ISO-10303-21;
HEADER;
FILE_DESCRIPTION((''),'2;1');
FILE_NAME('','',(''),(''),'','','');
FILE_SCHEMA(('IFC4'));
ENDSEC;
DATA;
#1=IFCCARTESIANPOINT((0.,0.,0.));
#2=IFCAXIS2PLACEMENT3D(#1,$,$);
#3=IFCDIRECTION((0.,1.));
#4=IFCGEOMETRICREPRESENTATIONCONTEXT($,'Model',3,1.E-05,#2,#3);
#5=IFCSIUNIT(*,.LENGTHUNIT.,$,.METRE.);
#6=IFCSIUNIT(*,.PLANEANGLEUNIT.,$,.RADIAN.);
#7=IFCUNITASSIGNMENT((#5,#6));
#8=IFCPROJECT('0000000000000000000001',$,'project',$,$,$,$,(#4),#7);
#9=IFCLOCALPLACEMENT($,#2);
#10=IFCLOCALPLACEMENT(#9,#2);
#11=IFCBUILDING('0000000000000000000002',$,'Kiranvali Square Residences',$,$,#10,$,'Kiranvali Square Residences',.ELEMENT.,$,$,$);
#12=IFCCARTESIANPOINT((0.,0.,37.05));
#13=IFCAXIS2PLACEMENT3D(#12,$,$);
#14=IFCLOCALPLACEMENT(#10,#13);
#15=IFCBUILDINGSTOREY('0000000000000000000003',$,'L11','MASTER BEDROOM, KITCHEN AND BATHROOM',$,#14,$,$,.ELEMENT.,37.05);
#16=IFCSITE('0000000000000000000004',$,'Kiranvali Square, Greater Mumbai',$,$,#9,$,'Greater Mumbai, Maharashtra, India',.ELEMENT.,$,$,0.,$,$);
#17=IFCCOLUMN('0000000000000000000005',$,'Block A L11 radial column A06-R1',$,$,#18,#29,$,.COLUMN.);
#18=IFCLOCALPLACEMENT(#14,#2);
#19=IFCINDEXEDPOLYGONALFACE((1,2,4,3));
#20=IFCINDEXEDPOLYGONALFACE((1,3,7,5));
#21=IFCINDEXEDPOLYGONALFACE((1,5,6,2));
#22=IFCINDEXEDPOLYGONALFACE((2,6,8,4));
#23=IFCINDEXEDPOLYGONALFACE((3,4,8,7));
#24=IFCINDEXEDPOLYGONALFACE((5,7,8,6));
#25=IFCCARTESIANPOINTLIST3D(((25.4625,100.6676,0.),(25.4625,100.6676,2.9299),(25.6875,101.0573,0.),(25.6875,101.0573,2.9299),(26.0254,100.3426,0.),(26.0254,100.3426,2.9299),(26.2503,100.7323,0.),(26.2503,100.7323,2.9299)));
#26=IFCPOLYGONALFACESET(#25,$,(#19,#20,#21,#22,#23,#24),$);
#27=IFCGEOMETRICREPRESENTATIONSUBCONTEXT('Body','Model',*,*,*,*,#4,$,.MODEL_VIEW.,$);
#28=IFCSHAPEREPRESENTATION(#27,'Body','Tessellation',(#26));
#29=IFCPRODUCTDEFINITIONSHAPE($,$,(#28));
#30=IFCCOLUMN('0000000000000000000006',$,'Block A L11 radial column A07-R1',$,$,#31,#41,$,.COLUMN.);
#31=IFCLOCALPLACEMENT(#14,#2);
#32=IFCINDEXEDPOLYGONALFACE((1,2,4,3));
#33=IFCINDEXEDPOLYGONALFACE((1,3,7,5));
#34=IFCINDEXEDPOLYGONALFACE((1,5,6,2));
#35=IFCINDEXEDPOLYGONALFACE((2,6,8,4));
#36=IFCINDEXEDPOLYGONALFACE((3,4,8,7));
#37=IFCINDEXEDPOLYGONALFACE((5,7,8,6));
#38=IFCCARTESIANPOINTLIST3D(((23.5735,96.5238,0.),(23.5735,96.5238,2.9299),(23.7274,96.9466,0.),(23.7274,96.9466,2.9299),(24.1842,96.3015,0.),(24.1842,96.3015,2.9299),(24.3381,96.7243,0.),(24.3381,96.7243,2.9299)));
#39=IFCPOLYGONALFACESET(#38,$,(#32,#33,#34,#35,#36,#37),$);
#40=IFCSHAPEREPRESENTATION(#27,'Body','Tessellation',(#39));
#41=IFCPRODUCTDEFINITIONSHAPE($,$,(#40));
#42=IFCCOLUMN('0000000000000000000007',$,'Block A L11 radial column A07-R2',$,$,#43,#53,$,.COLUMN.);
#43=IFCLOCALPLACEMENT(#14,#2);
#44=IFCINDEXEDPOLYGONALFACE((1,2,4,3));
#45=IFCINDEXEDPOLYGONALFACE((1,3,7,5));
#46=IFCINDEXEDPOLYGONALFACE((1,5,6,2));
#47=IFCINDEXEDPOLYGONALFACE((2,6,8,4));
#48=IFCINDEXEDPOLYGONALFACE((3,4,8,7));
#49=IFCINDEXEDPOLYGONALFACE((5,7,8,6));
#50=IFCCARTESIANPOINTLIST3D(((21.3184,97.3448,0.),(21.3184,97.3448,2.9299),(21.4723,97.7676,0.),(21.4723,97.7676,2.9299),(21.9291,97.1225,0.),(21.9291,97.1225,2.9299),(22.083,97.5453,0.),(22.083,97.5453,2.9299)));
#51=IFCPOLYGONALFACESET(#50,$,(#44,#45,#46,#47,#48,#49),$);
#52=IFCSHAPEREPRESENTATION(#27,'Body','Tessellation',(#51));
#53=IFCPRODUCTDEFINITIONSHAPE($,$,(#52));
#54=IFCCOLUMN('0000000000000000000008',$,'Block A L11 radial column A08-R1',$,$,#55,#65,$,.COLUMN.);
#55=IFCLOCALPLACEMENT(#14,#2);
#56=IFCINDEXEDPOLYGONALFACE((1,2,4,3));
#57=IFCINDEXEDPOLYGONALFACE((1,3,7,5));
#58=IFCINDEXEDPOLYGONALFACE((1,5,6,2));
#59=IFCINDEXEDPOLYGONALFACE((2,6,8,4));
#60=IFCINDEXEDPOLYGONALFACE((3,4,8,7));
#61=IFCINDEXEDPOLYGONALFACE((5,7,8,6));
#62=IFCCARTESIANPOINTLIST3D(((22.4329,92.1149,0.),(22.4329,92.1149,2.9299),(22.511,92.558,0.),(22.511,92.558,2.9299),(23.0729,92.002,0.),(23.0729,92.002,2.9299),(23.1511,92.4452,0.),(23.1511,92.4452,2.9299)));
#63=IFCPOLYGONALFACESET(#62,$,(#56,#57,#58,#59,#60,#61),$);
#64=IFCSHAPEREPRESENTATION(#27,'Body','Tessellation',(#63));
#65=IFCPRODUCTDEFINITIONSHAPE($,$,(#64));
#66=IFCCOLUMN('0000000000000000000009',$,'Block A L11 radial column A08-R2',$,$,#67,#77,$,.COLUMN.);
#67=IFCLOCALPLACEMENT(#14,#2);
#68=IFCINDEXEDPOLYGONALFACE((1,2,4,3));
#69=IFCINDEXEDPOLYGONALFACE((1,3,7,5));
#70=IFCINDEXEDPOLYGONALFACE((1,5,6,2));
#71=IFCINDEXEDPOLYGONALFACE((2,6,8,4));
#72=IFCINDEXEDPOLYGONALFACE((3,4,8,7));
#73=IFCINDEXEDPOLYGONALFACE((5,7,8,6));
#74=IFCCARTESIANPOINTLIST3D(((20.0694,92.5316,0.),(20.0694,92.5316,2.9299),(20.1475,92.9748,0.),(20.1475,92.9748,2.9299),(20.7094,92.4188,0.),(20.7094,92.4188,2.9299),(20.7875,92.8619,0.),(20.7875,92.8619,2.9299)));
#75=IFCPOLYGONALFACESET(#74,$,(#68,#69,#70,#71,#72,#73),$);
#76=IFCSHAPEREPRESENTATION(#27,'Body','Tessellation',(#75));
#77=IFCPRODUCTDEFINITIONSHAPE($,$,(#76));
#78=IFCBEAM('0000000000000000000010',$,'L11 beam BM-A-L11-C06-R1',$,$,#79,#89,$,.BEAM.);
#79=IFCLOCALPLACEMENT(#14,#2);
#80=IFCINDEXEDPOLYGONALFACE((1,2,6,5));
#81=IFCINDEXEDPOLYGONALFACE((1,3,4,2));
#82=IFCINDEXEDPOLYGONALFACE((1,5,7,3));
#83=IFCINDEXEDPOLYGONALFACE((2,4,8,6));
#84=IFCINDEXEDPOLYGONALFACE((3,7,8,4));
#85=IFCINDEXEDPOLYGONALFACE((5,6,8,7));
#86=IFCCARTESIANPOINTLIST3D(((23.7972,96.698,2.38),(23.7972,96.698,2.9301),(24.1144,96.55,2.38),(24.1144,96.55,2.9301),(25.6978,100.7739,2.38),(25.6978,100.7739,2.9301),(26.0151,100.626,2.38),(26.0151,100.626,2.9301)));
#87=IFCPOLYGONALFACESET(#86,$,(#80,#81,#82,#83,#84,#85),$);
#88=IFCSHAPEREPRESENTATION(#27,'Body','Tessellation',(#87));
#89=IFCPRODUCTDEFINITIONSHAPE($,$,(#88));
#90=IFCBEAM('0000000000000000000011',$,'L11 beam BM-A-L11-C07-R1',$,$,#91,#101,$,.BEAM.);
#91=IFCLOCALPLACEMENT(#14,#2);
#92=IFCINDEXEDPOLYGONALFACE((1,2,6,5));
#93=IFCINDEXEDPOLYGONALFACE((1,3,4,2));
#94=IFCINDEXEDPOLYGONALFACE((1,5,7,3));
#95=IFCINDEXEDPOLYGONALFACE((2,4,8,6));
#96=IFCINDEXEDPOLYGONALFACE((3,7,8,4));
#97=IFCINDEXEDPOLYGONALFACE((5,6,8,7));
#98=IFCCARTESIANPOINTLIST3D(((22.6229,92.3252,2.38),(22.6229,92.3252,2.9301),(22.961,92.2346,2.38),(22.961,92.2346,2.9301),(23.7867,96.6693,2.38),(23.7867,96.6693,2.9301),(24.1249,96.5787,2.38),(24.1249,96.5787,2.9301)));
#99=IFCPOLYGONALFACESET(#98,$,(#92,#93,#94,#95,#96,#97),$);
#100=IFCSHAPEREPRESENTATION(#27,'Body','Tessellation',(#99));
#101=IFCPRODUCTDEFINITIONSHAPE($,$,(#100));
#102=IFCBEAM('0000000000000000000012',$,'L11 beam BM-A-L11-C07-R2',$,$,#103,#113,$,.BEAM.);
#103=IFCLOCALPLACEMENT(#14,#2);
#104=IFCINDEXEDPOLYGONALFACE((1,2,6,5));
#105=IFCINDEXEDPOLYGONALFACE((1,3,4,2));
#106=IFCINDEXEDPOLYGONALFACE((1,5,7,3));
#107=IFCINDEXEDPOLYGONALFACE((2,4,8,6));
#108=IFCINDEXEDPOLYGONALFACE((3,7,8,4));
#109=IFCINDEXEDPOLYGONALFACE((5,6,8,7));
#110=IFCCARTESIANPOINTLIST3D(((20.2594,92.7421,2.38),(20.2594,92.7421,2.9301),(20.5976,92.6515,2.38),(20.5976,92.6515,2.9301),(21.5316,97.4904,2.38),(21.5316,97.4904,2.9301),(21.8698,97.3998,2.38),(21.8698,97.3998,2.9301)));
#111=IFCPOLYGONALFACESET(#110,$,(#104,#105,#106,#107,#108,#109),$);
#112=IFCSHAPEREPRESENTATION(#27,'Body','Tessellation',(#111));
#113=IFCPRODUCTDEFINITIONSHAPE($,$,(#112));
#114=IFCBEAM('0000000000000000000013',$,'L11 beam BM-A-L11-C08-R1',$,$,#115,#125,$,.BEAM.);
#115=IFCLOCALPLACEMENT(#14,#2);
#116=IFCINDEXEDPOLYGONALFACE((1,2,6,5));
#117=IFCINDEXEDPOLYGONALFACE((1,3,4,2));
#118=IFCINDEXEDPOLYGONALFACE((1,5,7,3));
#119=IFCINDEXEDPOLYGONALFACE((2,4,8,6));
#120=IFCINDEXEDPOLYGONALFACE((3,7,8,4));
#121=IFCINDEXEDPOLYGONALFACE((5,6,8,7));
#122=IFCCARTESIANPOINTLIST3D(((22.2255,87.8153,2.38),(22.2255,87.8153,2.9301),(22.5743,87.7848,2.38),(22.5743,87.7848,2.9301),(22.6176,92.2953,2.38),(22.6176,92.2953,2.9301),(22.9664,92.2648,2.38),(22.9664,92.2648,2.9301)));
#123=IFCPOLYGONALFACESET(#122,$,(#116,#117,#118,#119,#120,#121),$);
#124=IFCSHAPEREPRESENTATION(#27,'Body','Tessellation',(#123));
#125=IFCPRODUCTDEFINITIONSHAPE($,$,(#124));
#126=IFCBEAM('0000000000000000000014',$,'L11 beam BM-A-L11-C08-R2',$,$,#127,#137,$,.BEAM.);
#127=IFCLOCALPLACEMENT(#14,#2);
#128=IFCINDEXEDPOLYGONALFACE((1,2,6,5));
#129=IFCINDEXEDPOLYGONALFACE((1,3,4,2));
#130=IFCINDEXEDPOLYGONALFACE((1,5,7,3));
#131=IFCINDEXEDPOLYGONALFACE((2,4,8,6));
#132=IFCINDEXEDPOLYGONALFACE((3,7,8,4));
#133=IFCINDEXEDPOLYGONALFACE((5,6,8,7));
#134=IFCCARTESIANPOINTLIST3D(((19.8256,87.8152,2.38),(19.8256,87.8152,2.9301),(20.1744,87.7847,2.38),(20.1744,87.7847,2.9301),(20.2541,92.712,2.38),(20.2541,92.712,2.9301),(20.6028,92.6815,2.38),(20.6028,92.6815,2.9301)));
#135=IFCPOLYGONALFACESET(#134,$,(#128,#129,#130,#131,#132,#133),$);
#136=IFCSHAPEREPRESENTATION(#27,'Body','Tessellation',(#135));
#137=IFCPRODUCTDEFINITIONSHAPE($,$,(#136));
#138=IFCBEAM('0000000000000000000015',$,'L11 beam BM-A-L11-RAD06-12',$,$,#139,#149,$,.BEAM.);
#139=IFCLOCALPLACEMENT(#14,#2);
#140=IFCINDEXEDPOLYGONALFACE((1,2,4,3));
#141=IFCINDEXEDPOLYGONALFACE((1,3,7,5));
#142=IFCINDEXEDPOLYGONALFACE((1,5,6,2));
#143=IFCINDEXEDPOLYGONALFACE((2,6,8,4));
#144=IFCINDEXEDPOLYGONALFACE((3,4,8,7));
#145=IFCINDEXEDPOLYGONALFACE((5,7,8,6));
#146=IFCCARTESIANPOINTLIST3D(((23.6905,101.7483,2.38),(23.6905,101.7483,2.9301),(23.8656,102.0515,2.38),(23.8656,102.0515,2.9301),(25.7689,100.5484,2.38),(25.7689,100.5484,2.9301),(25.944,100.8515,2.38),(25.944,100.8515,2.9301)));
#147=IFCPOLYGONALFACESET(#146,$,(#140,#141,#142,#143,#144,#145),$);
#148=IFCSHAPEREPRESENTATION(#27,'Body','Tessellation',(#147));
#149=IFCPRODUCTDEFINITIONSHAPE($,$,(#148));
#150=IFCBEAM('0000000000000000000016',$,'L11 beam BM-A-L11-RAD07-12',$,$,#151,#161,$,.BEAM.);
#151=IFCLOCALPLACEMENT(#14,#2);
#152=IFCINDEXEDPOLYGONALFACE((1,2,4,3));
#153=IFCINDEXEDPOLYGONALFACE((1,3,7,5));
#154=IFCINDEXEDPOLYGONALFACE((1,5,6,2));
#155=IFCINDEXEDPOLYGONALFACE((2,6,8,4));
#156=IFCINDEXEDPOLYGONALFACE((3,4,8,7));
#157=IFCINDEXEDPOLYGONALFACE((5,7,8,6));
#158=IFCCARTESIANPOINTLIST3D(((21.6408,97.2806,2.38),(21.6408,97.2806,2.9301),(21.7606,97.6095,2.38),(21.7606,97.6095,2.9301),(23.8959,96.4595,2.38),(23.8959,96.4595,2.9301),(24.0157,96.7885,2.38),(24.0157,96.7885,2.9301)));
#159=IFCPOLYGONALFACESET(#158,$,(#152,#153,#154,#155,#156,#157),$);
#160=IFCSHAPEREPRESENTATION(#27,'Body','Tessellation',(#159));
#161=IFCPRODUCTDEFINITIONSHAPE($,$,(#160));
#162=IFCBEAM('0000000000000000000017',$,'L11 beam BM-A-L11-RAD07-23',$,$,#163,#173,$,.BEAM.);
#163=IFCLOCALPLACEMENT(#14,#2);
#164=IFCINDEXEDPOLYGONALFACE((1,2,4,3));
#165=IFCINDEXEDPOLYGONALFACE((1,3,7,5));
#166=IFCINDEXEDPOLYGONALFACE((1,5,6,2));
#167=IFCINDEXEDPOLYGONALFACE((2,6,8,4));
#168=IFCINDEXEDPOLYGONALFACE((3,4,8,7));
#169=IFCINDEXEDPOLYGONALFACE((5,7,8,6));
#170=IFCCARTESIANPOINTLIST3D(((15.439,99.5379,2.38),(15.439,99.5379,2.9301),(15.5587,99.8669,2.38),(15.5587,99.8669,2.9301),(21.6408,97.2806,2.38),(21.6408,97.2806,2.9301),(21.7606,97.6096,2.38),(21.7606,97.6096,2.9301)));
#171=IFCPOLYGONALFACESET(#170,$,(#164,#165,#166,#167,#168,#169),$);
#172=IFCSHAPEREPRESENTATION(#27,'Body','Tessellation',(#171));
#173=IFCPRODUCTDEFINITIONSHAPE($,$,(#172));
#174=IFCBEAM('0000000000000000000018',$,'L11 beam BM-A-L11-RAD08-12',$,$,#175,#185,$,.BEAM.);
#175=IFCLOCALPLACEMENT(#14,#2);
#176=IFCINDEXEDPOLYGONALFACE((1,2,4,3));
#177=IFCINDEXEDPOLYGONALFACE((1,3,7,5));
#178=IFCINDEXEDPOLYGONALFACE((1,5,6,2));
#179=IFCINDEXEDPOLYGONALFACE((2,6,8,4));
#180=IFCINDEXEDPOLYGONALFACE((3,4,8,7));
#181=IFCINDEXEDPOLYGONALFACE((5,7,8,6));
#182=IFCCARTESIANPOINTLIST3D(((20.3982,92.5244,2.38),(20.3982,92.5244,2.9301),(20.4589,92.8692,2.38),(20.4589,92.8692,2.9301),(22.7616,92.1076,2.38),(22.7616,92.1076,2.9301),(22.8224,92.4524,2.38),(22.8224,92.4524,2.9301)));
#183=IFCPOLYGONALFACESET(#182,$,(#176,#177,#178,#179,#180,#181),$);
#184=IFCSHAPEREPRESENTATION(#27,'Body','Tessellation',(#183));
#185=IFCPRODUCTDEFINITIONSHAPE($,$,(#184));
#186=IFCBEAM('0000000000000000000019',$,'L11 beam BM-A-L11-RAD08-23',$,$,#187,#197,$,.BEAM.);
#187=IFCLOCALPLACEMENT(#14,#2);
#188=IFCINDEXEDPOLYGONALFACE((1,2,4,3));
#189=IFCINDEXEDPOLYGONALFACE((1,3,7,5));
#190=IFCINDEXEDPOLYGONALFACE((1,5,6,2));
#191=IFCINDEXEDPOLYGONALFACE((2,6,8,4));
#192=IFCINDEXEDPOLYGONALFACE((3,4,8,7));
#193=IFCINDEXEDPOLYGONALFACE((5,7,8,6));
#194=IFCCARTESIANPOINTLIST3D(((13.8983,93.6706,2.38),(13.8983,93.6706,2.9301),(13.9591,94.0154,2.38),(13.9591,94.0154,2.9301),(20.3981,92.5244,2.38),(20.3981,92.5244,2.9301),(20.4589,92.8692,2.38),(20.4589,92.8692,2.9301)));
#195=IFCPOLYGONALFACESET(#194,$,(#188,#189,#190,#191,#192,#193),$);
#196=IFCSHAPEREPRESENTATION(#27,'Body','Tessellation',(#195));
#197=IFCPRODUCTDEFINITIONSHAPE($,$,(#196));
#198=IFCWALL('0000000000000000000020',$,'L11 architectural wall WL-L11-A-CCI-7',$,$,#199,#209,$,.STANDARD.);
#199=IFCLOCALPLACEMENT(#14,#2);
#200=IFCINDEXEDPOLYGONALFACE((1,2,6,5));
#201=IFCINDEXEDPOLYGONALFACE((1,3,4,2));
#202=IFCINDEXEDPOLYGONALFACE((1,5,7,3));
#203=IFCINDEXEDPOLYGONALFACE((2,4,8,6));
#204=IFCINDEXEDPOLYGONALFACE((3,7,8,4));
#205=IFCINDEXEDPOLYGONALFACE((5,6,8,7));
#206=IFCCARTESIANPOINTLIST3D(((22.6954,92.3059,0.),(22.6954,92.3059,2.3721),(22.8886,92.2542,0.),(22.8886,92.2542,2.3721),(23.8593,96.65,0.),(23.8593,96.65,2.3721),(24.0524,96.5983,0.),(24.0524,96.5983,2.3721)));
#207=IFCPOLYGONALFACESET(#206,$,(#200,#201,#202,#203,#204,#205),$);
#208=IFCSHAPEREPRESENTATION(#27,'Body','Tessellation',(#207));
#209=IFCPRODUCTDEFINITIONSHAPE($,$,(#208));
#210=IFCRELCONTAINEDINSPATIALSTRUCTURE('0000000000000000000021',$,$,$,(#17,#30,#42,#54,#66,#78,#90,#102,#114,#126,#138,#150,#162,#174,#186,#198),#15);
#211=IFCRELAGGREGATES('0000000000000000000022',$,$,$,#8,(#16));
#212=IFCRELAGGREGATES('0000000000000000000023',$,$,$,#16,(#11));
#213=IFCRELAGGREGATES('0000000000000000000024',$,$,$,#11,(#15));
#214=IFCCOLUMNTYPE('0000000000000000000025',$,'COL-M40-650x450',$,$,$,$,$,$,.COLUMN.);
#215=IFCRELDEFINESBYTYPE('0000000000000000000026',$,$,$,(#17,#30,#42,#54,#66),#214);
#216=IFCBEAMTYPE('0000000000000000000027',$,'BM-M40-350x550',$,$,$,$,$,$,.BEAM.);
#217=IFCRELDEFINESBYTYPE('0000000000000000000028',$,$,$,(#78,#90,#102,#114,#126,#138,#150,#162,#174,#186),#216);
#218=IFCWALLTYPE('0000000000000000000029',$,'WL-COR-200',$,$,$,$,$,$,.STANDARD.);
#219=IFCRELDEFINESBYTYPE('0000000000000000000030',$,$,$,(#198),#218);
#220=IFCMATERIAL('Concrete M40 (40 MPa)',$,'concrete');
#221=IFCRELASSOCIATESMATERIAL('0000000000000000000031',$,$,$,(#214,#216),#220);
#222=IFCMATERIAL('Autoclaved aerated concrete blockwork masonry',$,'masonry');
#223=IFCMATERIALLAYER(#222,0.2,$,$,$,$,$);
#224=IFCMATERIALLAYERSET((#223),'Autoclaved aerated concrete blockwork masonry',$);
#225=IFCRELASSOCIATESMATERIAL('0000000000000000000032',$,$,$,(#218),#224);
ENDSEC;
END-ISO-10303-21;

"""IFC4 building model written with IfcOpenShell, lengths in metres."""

from ifc_helpers import new_model, si_unit, direction, frame, frame_2d, origin, origin_2d, place, context, subcontext, project, spatial, rectangle, extrude, material, layer, layer_set, material_profile, profile_set, type_object, element, save


model = new_model("IFC4")

# Units and contexts
model_context = context("Model", 3, precision=1e-05, world=origin(), true_north=direction((0.0, 1.0)))
body_context = subcontext(model_context, "Body", "Model", "MODEL_VIEW")
ifc_project = project(units=[si_unit("LENGTHUNIT", "METRE"), si_unit("PLANEANGLEUNIT", "RADIAN")], contexts=[model_context])

# Site, building, storey
site_placement = place(None, origin())
site = spatial("IfcSite", under=ifc_project, at=site_placement, Name="Kiranvali Square, Greater Mumbai", LongName="Greater Mumbai, Maharashtra, India", CompositionType="ELEMENT", RefElevation=0.0)
building_placement = place(site_placement, origin())
building = spatial("IfcBuilding", under=site, at=building_placement, Name="Kiranvali Square Residences", LongName="Kiranvali Square Residences", CompositionType="ELEMENT")
storey_placement = place(building_placement, frame((0.0, 0.0, 37.05)))
storey = spatial("IfcBuildingStorey", under=building, at=storey_placement, Name="L11", Description="MASTER BEDROOM, KITCHEN AND BATHROOM", CompositionType="ELEMENT", Elevation=37.05)

# Columns
ifc_material_1 = material(Name="Concrete M40 (40 MPa)", Category="concrete")
ifc_material_profile_1 = material_profile(ifc_material_1, rectangle(XDim=0.45, YDim=0.6499, at=origin_2d()), Name="RC 650x450")
ifc_profile_set_1 = profile_set([ifc_material_profile_1], Name="Concrete M40 (40 MPa)")
column_type = type_object("IfcColumnType", Name="COL-M40-650x450", PredefinedType="COLUMN", material=ifc_profile_set_1)
for number, where, z_axis, x_axis, name in (
    (1, (25.8564, 100.7, 0.0), (0.0, 0.0, 1.0), (0.5, 0.866025, 0.0), "Block A L11 radial column A06-R1"),
    (2, (23.9558, 96.624, 0.0), (0.0, 0.0, 1.0), (0.34202, 0.939693, 0.0), "Block A L11 radial column A07-R1"),
    (3, (21.7007, 97.4451, 0.0), (0.0, 0.0, 1.0), (0.34202, 0.939693, 0.0), "Block A L11 radial column A07-R2"),
    (4, (22.792, 92.28, 0.0), (0.0, 0.0, 1.0), (0.173648, 0.984808, 0.0), "Block A L11 radial column A08-R1"),
    (5, (20.4285, 92.6968, 0.0), (0.0, 0.0, 1.0), (0.173648, 0.984808, 0.0), "Block A L11 radial column A08-R2"),
):
    element("IfcColumn", number, at=place(storey_placement, frame(where, z_axis=z_axis, x_axis=x_axis)), inside=storey, type_object=column_type, Name=name, PredefinedType="COLUMN", context=body_context, shape_type="SweptSolid", body=[
        extrude(rectangle(XDim=0.45, YDim=0.6499, at=origin_2d()), origin(), (0.0, 0.0, 1.0), 2.9299),
    ])

# Beams
ifc_material_profile_2 = material_profile(ifc_material_1, rectangle(XDim=0.3501, YDim=0.55, at=origin_2d()), Name="RC 350x550")
ifc_profile_set_2 = profile_set([ifc_material_profile_2], Name="Concrete M40 (40 MPa)")
beam_type = type_object("IfcBeamType", Name="BM-M40-350x550", PredefinedType="BEAM", material=ifc_profile_set_2)
for number, where, z_axis, x_axis, name in (
    (6, (25.8564, 100.7, 2.655), (-0.422618, -0.906308, 0.0), (0.906308, -0.422618, 0.0), "L11 beam BM-A-L11-C06-R1"),
    (7, (23.9558, 96.624, 2.655), (-0.258788, -0.965934, 0.0), (0.965934, -0.258788, 0.0), "L11 beam BM-A-L11-C07-R1"),
):
    element("IfcBeam", number, at=place(storey_placement, frame(where, z_axis=z_axis, x_axis=x_axis)), inside=storey, type_object=beam_type, Name=name, PredefinedType="BEAM", context=body_context, shape_type="SweptSolid", body=[
        extrude(rectangle(XDim=0.3501, YDim=0.55, at=origin_2d()), origin(), (0.0, 0.0, 1.0), 4.4973),
    ])
beam_1_placement = place(storey_placement, frame((21.7007, 97.4451, 2.655), z_axis=(-0.258803, -0.96593, 0.0), x_axis=(0.96593, -0.258803, 0.0)))
element("IfcBeam", 8, at=beam_1_placement, inside=storey, type_object=beam_type, Name="L11 beam BM-A-L11-C07-R2", PredefinedType="BEAM", context=body_context, shape_type="SweptSolid", body=[
    extrude(rectangle(XDim=0.3501, YDim=0.55, at=origin_2d()), origin(), (0.0, 0.0, 1.0), 4.9158),
])
beam_2_placement = place(storey_placement, frame((22.792, 92.28, 2.655), z_axis=(-0.087187, -0.996192, 0.0), x_axis=(0.996192, -0.087187, 0.0)))
element("IfcBeam", 9, at=beam_2_placement, inside=storey, type_object=beam_type, Name="L11 beam BM-A-L11-C08-R1", PredefinedType="BEAM", context=body_context, shape_type="SweptSolid", body=[
    extrude(rectangle(XDim=0.3501, YDim=0.55, at=origin_2d()), origin(), (0.0, 0.0, 1.0), 4.4971),
])
beam_3_placement = place(storey_placement, frame((20.4285, 92.6968, 2.655), z_axis=(-0.087168, -0.996194, 0.0), x_axis=(0.996194, -0.087168, 0.0)))
element("IfcBeam", 10, at=beam_3_placement, inside=storey, type_object=beam_type, Name="L11 beam BM-A-L11-C08-R2", PredefinedType="BEAM", context=body_context, shape_type="SweptSolid", body=[
    extrude(rectangle(XDim=0.3501, YDim=0.55, at=origin_2d()), origin(), (0.0, 0.0, 1.0), 4.9155),
])
for number, where, z_axis, x_axis, name in (
    (11, (25.8564, 100.7, 2.655), (-0.866025, 0.500001, 0.0), (-0.500001, -0.866025, 0.0), "L11 beam BM-A-L11-RAD06-12"),
    (12, (23.9558, 96.624, 2.655), (-0.93966, 0.342111, 0.0), (-0.342111, -0.93966, 0.0), "L11 beam BM-A-L11-RAD07-12"),
):
    element("IfcBeam", number, at=place(storey_placement, frame(where, z_axis=z_axis, x_axis=x_axis)), inside=storey, type_object=beam_type, Name=name, PredefinedType="BEAM", context=body_context, shape_type="SweptSolid", body=[
        extrude(rectangle(XDim=0.3501, YDim=0.55, at=origin_2d()), origin(), (0.0, 0.0, 1.0), 2.3999),
    ])
beam_4_placement = place(storey_placement, frame((21.7007, 97.4451, 2.655), z_axis=(-0.939692, 0.342022, 0.0), x_axis=(-0.342022, -0.939692, 0.0)))
element("IfcBeam", 13, at=beam_4_placement, inside=storey, type_object=beam_type, Name="L11 beam BM-A-L11-RAD07-23", PredefinedType="BEAM", context=body_context, shape_type="SweptSolid", body=[
    extrude(rectangle(XDim=0.3501, YDim=0.55, at=origin_2d()), origin(), (0.0, 0.0, 1.0), 6.5999),
])
beam_5_placement = place(storey_placement, frame((22.792, 92.28, 2.655), z_axis=(-0.984808, 0.173646, 0.0), x_axis=(-0.173646, -0.984808, 0.0)))
element("IfcBeam", 14, at=beam_5_placement, inside=storey, type_object=beam_type, Name="L11 beam BM-A-L11-RAD08-12", PredefinedType="BEAM", context=body_context, shape_type="SweptSolid", body=[
    extrude(rectangle(XDim=0.3501, YDim=0.55, at=origin_2d()), origin(), (0.0, 0.0, 1.0), 2.3999),
])
beam_6_placement = place(storey_placement, frame((20.4285, 92.6968, 2.655), z_axis=(-0.984804, 0.173671, 0.0), x_axis=(-0.173671, -0.984804, 0.0)))
element("IfcBeam", 15, at=beam_6_placement, inside=storey, type_object=beam_type, Name="L11 beam BM-A-L11-RAD08-23", PredefinedType="BEAM", context=body_context, shape_type="SweptSolid", body=[
    extrude(rectangle(XDim=0.3501, YDim=0.55, at=origin_2d()), origin(), (0.0, 0.0, 1.0), 6.6001),
])

# Wall
ifc_material_2 = material(Name="Autoclaved aerated concrete blockwork masonry", Category="masonry")
ifc_layer_1 = layer(ifc_material_2, 0.2)
ifc_layer_set_1 = layer_set([ifc_layer_1], Name="Autoclaved aerated concrete blockwork masonry")
wall_type_1 = type_object("IfcWallType", Name="WL-COR-200", PredefinedType="STANDARD", material=ifc_layer_set_1)
wall_1_placement = place(storey_placement, frame((23.9558, 96.624, 0.0), z_axis=(0.0, 0.0, 1.0), x_axis=(-0.258788, -0.965934, 0.0)))
element("IfcWall", 16, at=wall_1_placement, inside=storey, type_object=wall_type_1, Name="L11 architectural wall WL-L11-A-CCI-7", PredefinedType="STANDARD", context=body_context, shape_type="SweptSolid", body=[
    extrude(rectangle(XDim=4.4973, YDim=0.2, at=frame_2d((2.2485, 0.0))), origin(), (0.0, 0.0, 1.0), 2.3721),
])

save(model, "model.ifc")
